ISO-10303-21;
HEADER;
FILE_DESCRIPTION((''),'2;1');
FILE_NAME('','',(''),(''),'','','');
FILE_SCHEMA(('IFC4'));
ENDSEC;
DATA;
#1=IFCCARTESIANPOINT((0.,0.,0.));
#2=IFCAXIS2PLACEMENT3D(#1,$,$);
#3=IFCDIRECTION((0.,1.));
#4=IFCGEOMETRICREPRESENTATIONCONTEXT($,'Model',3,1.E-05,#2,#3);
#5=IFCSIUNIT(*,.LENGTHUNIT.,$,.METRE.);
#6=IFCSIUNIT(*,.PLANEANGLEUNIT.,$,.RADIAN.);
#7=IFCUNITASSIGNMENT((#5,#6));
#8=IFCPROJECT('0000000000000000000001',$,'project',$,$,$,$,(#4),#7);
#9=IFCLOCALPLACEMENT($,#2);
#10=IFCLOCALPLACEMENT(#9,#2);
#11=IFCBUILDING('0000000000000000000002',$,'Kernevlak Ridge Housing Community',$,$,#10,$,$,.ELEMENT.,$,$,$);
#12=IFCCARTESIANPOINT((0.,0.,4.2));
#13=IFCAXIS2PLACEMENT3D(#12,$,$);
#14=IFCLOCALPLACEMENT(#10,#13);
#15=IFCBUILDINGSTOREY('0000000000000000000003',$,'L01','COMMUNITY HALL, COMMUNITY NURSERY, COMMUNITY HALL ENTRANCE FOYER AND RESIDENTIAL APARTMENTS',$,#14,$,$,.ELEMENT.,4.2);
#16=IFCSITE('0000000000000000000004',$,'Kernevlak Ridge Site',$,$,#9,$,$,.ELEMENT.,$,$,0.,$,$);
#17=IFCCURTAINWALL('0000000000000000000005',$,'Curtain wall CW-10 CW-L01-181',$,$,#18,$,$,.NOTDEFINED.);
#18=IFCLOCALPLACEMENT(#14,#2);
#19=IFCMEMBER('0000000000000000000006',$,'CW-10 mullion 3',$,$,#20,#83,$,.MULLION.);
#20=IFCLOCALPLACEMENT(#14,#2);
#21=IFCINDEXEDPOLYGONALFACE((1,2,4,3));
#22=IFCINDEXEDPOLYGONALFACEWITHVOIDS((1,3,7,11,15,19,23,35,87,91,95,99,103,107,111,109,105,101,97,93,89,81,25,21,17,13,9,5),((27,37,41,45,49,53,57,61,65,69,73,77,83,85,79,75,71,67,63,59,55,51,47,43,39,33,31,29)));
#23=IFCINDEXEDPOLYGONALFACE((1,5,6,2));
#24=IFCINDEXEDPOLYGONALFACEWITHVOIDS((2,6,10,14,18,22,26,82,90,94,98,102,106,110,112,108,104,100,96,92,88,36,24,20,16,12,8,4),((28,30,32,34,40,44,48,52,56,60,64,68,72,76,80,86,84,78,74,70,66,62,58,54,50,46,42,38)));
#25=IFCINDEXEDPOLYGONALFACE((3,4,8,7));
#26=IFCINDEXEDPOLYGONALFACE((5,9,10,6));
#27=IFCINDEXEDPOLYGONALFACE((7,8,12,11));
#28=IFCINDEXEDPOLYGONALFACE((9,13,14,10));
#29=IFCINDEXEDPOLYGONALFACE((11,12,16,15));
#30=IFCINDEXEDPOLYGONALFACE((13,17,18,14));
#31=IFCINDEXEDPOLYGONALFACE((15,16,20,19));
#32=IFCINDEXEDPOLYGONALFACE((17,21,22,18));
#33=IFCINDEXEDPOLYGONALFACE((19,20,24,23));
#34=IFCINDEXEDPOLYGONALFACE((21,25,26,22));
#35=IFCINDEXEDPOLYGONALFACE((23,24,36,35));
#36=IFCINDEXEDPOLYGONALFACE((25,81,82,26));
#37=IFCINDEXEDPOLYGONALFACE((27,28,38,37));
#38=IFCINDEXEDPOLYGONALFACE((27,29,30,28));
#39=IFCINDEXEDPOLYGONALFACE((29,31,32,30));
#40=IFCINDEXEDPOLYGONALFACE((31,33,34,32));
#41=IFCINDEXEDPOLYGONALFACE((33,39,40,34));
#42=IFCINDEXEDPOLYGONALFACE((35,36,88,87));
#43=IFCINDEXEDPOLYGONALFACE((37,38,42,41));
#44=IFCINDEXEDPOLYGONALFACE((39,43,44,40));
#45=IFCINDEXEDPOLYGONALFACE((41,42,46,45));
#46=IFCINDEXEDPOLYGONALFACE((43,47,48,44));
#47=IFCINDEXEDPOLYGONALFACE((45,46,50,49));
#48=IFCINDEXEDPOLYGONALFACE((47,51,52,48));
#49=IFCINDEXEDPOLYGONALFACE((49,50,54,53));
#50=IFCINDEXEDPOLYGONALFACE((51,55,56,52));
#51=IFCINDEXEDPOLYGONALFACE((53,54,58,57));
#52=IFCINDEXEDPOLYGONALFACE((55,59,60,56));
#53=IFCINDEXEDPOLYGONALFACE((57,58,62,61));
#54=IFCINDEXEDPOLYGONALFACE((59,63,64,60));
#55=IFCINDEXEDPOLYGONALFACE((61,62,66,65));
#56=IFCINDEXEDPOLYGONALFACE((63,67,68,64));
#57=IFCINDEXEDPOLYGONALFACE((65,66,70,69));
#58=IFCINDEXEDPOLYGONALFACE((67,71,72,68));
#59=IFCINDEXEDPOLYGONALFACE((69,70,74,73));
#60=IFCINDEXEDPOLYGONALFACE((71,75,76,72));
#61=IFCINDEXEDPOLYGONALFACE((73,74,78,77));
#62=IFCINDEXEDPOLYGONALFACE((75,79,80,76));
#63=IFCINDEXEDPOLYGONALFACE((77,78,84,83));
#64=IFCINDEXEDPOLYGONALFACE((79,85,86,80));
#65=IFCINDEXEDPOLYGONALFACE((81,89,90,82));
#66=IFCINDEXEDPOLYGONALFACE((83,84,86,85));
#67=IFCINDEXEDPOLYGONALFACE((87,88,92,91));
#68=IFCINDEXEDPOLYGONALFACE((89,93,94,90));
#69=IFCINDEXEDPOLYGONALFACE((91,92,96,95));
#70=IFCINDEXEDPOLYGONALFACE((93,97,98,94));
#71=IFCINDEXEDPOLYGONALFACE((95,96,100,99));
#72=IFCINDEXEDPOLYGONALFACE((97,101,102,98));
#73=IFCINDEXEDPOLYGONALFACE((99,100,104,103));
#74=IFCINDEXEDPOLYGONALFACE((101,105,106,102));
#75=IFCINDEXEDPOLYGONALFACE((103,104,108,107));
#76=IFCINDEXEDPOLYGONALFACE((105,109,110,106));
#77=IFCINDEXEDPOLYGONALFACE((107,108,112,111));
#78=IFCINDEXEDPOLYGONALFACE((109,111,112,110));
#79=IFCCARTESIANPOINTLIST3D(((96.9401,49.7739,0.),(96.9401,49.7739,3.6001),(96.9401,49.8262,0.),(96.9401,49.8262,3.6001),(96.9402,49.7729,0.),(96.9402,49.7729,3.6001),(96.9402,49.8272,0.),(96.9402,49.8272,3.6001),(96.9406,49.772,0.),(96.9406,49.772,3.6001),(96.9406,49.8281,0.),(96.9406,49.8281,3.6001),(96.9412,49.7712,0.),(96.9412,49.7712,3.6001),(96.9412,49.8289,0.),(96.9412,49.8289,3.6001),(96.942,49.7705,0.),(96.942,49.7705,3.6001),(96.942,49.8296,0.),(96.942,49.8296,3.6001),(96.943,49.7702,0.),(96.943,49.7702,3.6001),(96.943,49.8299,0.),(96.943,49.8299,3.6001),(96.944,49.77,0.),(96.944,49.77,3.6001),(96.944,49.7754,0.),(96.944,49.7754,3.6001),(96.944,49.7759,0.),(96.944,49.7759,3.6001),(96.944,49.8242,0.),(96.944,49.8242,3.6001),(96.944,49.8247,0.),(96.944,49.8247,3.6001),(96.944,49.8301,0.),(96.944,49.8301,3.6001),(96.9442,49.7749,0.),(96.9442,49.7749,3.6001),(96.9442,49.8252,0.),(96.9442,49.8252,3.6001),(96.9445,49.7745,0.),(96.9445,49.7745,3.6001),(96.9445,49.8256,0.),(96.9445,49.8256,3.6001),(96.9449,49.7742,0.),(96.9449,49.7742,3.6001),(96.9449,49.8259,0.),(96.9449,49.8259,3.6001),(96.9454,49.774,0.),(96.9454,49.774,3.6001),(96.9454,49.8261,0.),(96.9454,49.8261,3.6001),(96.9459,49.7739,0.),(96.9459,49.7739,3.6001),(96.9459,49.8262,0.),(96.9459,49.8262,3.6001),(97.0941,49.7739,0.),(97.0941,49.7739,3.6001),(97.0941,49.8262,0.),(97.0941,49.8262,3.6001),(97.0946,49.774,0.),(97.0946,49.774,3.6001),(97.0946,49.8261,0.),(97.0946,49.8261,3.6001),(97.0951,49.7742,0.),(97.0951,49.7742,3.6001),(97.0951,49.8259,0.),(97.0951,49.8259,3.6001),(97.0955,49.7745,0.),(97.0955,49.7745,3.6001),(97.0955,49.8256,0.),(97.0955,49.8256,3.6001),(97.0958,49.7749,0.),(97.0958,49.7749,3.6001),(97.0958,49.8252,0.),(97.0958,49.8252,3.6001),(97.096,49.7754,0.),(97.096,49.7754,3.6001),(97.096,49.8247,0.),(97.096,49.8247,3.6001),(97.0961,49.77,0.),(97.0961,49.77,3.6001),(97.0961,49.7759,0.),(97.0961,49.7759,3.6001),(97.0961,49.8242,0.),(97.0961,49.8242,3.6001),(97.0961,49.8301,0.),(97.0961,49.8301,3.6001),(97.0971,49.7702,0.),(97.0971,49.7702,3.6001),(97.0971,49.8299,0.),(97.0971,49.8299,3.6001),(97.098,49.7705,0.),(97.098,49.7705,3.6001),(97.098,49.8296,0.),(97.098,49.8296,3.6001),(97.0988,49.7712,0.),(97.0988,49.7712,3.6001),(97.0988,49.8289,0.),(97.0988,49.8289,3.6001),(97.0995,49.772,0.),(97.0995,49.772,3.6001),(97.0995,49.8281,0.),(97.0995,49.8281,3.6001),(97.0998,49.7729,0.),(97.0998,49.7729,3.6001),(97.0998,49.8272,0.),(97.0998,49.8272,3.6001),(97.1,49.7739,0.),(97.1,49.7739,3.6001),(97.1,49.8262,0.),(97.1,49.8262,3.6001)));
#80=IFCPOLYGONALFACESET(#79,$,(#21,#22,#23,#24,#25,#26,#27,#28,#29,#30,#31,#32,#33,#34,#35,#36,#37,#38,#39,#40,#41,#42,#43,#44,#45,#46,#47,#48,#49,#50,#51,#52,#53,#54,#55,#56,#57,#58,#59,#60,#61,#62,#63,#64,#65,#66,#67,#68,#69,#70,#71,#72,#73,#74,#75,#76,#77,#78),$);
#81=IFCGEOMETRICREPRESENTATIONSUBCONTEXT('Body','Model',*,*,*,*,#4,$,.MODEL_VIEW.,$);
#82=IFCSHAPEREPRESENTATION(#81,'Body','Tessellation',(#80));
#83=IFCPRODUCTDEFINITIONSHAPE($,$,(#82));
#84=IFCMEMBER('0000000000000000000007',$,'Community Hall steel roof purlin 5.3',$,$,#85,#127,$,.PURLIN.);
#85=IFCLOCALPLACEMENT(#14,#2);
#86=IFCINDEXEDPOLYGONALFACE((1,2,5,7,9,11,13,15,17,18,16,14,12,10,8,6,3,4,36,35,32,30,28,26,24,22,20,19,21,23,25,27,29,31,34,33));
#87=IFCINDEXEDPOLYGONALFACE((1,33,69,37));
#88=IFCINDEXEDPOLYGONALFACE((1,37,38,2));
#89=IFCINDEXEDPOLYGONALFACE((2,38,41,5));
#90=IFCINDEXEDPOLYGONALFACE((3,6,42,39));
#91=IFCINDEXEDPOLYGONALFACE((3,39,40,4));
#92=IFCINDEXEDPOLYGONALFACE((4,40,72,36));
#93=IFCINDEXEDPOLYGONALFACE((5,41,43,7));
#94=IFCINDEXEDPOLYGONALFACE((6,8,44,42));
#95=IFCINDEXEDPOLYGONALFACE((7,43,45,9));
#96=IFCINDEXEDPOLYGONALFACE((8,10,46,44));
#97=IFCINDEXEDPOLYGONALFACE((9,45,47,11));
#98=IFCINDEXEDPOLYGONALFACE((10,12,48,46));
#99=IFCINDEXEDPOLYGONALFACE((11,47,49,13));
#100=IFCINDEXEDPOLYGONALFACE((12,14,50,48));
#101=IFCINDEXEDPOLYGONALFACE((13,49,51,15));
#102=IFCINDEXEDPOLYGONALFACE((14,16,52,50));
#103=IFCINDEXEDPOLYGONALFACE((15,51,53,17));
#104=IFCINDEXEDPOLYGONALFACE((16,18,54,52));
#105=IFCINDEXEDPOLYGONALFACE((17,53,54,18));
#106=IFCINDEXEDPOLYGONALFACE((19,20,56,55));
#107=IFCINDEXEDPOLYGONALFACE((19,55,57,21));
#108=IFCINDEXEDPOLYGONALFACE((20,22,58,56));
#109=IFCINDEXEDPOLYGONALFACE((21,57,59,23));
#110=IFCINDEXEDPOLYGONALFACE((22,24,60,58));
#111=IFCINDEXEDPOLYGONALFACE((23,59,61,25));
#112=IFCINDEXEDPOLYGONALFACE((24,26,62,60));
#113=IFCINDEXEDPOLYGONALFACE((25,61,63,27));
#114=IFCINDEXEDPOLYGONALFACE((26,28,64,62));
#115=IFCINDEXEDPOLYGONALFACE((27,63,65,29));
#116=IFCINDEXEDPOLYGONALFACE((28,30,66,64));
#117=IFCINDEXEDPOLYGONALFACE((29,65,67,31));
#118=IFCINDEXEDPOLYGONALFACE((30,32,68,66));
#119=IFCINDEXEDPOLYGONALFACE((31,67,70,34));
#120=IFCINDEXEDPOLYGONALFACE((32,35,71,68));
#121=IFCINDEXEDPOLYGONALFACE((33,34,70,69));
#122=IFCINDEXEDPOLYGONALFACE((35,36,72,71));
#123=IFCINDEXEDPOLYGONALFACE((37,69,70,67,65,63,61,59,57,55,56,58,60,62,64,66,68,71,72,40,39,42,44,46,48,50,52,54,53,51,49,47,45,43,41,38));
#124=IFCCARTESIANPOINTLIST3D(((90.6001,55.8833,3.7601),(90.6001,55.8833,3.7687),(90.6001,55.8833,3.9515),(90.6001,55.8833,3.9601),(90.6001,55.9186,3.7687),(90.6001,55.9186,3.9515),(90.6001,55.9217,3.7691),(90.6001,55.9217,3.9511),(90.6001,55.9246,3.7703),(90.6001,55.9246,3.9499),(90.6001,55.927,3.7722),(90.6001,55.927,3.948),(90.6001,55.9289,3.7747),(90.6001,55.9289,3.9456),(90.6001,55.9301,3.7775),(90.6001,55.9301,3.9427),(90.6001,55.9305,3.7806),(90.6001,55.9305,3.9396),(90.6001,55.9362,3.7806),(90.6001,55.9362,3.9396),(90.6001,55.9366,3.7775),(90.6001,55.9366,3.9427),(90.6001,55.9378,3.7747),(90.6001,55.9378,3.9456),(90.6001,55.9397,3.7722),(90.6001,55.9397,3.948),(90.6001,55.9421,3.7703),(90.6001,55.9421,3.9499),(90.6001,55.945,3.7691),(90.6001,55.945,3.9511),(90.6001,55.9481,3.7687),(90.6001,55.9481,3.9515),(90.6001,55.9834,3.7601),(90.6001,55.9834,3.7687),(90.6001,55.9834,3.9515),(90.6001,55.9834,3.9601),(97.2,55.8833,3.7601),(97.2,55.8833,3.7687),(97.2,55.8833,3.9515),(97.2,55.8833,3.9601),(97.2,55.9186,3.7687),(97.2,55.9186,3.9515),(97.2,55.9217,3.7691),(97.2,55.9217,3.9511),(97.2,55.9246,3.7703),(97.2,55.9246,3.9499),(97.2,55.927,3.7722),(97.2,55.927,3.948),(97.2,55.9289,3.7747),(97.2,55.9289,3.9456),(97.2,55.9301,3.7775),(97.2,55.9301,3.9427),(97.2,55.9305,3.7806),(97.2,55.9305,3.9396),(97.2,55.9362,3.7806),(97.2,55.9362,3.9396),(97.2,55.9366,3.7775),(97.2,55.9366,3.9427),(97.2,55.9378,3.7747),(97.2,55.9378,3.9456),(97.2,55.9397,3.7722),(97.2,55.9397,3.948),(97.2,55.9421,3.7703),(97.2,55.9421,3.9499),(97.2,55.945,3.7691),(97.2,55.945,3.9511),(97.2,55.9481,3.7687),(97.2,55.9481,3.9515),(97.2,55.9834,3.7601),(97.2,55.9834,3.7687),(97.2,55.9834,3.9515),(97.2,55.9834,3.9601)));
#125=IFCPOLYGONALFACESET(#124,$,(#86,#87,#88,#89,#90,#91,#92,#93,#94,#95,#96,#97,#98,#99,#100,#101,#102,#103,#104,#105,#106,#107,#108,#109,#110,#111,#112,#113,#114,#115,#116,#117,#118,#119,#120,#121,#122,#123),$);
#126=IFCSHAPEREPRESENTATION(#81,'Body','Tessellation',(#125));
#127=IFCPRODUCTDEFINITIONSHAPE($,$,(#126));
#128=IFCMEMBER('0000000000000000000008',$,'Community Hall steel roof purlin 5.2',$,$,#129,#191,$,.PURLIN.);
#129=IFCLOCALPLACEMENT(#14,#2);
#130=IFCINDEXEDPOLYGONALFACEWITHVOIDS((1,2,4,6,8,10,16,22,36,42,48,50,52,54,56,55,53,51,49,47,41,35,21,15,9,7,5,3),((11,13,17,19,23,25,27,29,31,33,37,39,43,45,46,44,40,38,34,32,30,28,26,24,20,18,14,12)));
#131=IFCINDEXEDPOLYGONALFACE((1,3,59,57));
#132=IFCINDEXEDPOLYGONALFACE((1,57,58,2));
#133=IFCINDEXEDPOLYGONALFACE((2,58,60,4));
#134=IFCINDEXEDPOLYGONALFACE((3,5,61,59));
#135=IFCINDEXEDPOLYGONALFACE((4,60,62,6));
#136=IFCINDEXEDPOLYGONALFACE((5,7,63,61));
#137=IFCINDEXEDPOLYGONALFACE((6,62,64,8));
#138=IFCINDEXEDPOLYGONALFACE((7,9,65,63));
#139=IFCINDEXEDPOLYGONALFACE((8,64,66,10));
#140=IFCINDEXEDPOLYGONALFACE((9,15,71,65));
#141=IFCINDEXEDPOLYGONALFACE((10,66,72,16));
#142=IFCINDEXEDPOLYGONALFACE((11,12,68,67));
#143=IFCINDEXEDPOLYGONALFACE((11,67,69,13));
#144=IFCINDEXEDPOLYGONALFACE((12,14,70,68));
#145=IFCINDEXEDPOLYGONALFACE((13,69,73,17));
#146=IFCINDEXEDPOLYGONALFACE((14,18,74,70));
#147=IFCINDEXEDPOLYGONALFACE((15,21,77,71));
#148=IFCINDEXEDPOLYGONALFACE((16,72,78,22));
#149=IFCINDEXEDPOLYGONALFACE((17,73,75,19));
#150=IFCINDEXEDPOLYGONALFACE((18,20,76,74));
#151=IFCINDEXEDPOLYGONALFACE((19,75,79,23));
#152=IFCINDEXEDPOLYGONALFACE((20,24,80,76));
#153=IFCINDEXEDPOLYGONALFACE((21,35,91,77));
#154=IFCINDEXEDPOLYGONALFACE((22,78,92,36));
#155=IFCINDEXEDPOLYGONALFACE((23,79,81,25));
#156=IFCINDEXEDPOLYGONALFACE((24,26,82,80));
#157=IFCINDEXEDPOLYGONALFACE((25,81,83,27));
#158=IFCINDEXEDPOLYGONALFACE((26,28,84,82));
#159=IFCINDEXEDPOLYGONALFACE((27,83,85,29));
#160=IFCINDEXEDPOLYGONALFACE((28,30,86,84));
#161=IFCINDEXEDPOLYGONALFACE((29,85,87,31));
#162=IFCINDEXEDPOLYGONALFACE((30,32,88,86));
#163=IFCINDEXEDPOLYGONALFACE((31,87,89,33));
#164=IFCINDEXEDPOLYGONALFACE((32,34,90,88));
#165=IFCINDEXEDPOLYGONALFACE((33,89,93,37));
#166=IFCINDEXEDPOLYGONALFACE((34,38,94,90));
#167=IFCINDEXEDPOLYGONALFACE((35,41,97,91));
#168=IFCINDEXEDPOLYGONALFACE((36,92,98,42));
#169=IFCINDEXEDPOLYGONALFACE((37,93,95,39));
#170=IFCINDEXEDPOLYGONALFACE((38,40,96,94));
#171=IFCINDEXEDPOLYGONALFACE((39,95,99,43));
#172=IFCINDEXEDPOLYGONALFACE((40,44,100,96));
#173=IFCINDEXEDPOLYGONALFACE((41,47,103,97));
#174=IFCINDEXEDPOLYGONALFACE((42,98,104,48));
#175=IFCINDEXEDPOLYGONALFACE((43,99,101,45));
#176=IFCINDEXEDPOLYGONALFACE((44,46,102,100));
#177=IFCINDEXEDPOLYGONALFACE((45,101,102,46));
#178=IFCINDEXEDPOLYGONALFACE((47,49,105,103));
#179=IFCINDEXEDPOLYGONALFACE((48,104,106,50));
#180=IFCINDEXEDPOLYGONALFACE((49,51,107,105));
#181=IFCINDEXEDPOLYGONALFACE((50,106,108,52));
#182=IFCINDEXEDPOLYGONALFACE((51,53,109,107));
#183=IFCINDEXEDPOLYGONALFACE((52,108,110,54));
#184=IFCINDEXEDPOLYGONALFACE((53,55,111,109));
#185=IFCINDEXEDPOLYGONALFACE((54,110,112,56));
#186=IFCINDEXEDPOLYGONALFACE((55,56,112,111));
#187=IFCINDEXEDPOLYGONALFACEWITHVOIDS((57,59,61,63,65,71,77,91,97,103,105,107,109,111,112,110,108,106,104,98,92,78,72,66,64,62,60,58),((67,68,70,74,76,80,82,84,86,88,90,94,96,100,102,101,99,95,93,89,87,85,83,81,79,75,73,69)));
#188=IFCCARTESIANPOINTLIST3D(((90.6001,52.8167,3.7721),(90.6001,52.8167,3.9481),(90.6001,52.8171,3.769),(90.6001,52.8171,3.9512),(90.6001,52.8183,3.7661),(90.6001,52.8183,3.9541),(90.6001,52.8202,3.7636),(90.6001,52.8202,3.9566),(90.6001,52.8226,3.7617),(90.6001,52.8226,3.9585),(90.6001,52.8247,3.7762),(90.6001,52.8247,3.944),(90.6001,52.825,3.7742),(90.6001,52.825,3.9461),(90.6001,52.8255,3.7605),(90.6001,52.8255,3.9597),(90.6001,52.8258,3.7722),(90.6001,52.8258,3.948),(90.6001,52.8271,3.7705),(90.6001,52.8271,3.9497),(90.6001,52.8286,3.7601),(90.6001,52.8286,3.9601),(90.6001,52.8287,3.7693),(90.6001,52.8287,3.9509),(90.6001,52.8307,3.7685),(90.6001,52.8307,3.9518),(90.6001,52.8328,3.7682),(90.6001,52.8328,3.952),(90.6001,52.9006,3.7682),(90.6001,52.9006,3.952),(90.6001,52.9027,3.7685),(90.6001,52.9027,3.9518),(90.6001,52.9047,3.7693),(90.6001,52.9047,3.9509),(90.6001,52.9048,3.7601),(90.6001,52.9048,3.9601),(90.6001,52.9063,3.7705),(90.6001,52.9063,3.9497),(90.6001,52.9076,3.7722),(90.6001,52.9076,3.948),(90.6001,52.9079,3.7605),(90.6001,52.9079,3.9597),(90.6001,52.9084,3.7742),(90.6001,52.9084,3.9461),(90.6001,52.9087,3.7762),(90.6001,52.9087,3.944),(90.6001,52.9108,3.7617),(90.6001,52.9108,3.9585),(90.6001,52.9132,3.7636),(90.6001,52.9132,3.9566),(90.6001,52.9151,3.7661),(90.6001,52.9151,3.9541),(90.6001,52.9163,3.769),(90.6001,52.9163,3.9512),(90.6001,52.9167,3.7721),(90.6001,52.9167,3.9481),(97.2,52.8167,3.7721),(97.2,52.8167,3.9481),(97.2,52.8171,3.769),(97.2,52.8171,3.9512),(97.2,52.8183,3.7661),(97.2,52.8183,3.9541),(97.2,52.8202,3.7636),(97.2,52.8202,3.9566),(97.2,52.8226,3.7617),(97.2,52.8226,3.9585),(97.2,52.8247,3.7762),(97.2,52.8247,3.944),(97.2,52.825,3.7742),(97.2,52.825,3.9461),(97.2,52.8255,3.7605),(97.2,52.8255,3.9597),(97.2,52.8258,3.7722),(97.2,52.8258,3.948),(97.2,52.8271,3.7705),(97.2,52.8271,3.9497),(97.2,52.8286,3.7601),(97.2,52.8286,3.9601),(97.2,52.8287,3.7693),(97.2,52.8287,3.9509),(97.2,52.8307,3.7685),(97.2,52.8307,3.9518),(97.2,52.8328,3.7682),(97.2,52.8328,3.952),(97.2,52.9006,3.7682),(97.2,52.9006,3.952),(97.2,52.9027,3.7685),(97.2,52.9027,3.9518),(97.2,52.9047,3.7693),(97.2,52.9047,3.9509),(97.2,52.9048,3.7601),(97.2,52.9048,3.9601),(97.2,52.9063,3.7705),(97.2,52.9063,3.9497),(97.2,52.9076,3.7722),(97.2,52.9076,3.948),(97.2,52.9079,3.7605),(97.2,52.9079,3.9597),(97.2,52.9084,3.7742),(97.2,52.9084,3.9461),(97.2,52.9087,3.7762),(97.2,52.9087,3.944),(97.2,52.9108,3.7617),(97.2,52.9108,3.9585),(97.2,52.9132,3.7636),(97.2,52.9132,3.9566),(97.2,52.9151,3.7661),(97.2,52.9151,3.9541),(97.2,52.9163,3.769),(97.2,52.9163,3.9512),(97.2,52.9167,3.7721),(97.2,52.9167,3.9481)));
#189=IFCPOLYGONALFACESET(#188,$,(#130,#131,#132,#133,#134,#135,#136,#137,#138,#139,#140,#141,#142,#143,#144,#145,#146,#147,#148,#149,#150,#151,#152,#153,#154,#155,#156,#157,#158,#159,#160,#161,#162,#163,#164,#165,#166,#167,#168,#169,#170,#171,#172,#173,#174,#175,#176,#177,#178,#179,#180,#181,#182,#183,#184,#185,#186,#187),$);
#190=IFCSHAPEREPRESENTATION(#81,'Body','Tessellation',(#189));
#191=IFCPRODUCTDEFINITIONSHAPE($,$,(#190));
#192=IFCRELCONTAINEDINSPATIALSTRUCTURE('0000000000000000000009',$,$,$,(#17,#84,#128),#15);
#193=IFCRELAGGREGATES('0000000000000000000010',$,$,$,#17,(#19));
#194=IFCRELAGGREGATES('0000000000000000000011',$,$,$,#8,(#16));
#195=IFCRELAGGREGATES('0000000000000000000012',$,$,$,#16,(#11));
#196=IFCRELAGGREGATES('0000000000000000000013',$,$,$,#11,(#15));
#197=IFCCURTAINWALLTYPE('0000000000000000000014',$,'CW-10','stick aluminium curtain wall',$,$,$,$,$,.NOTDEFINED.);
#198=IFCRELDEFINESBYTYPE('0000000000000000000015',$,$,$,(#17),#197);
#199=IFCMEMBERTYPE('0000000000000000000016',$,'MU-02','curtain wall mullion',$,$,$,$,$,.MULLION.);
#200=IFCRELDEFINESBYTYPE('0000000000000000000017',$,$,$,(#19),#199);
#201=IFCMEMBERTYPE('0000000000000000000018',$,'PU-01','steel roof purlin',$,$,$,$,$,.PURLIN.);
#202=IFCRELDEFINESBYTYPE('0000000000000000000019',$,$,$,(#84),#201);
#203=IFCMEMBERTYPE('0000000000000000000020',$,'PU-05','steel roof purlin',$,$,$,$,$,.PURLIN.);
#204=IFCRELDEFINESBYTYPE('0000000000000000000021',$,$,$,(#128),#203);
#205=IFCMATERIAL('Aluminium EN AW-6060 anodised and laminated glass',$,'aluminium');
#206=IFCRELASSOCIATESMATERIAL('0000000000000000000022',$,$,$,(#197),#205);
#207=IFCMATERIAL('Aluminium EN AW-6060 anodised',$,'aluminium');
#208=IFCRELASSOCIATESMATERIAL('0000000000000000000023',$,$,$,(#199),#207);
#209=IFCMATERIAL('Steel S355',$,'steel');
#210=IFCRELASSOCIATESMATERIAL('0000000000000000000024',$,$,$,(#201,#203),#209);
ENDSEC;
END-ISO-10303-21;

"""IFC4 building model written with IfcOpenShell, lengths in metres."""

from ifc_helpers import new_model, si_unit, direction, frame, origin, origin_2d, place, context, subcontext, project, spatial, hollow_rectangle, i_section, extrude, material, material_profile, profile_set, type_object, element, aggregate, save


model = new_model("IFC4")

# Units and contexts
model_context = context("Model", 3, precision=1e-05, world=origin(), true_north=direction((0.0, 1.0)))
body_context = subcontext(model_context, "Body", "Model", "MODEL_VIEW")
ifc_project = project(units=[si_unit("LENGTHUNIT", "METRE"), si_unit("PLANEANGLEUNIT", "RADIAN")], contexts=[model_context])

# Site, building, storey
site_placement = place(None, origin())
site = spatial("IfcSite", under=ifc_project, at=site_placement, Name="Kernevlak Ridge Site", CompositionType="ELEMENT", RefElevation=0.0)
building_placement = place(site_placement, origin())
building = spatial("IfcBuilding", under=site, at=building_placement, Name="Kernevlak Ridge Housing Community", CompositionType="ELEMENT")
storey_placement = place(building_placement, frame((0.0, 0.0, 4.2)))
storey = spatial("IfcBuildingStorey", under=building, at=storey_placement, Name="L01", Description="COMMUNITY HALL, COMMUNITY NURSERY, COMMUNITY HALL ENTRANCE FOYER AND RESIDENTIAL APARTMENTS", CompositionType="ELEMENT", Elevation=4.2)

# Shared definitions
ifc_material_1 = material(Name="Steel S355", Category="steel")

# Curtain wall, member
ifc_material_2 = material(Name="Aluminium EN AW-6060 anodised and laminated glass", Category="aluminium")
curtain_wall_type = type_object("IfcCurtainWallType", Name="CW-10", Description="stick aluminium curtain wall", PredefinedType="NOTDEFINED", material=ifc_material_2)
curtain_wall_placement = place(storey_placement, origin())
curtain_wall = element("IfcCurtainWall", 1, at=curtain_wall_placement, inside=storey, type_object=curtain_wall_type, Name="Curtain wall CW-10 CW-L01-181", PredefinedType="NOTDEFINED")
ifc_material_3 = material(Name="Aluminium EN AW-6060 anodised", Category="aluminium")
ifc_material_profile_1 = material_profile(ifc_material_3, hollow_rectangle(XDim=0.0601, YDim=0.1599, WallThickness=0.0039, InnerFilletRadius=0.002, OuterFilletRadius=0.0039, at=origin_2d()), Name="ALU 60x160x4")
ifc_profile_set_1 = profile_set([ifc_material_profile_1], Name="Aluminium EN AW-6060 anodised")
member_type_1 = type_object("IfcMemberType", Name="MU-02", Description="curtain wall mullion", PredefinedType="MULLION", material=ifc_profile_set_1)
member_1_placement = place(storey_placement, frame((97.02, 49.8, 0.0), z_axis=(0.0, 0.0, 1.0), x_axis=(0.0, 1.0, 0.0)))
member_1 = element("IfcMember", 2, at=member_1_placement, type_object=member_type_1, Name="CW-10 mullion 3", PredefinedType="MULLION", context=body_context, shape_type="SweptSolid", body=[
    extrude(hollow_rectangle(XDim=0.0601, YDim=0.1599, WallThickness=0.0039, InnerFilletRadius=0.002, OuterFilletRadius=0.0039, at=origin_2d()), origin(), (0.0, 0.0, 1.0), 3.6001),
])

# Members
ifc_material_profile_2 = material_profile(ifc_material_1, i_section(OverallWidth=0.1001, OverallDepth=0.2, WebThickness=0.0056, FlangeThickness=0.0085, FilletRadius=0.012, at=origin_2d()), Name="IPE 200")
ifc_profile_set_2 = profile_set([ifc_material_profile_2], Name="Steel S355")
member_type_2 = type_object("IfcMemberType", Name="PU-01", Description="steel roof purlin", PredefinedType="PURLIN", material=ifc_profile_set_2)
member_2_placement = place(storey_placement, frame((90.6001, 55.9333, 3.8601), z_axis=(1.0, 0.0, 0.0), x_axis=(0.0, 1.0, 0.0)))
element("IfcMember", 3, at=member_2_placement, inside=storey, type_object=member_type_2, Name="Community Hall steel roof purlin 5.3", PredefinedType="PURLIN", context=body_context, shape_type="SweptSolid", body=[
    extrude(i_section(OverallWidth=0.1001, OverallDepth=0.2, WebThickness=0.0056, FlangeThickness=0.0085, FilletRadius=0.012, at=origin_2d()), origin(), (0.0, 0.0, 1.0), 6.5999),
])
ifc_material_profile_3 = material_profile(ifc_material_1, hollow_rectangle(XDim=0.1001, YDim=0.2, WallThickness=0.0081, InnerFilletRadius=0.0081, OuterFilletRadius=0.012, at=origin_2d()), Name="RHS 200x100x8")
ifc_profile_set_3 = profile_set([ifc_material_profile_3], Name="Steel S355")
member_type_3 = type_object("IfcMemberType", Name="PU-05", Description="steel roof purlin", PredefinedType="PURLIN", material=ifc_profile_set_3)
for number, where, z_axis, x_axis, name in (
    (4, (90.6001, 52.8667, 3.8601), (1.0, 0.0, 0.0), (0.0, 1.0, 0.0), "Community Hall steel roof purlin 5.2"),
):
    element("IfcMember", number, at=place(storey_placement, frame(where, z_axis=z_axis, x_axis=x_axis)), inside=storey, type_object=member_type_3, Name=name, PredefinedType="PURLIN", context=body_context, shape_type="SweptSolid", body=[
        extrude(hollow_rectangle(XDim=0.1001, YDim=0.2, WallThickness=0.0081, InnerFilletRadius=0.0081, OuterFilletRadius=0.012, at=origin_2d()), origin(), (0.0, 0.0, 1.0), 6.5999),
    ])

aggregate(curtain_wall, [member_1])

save(model, "model.ifc")
